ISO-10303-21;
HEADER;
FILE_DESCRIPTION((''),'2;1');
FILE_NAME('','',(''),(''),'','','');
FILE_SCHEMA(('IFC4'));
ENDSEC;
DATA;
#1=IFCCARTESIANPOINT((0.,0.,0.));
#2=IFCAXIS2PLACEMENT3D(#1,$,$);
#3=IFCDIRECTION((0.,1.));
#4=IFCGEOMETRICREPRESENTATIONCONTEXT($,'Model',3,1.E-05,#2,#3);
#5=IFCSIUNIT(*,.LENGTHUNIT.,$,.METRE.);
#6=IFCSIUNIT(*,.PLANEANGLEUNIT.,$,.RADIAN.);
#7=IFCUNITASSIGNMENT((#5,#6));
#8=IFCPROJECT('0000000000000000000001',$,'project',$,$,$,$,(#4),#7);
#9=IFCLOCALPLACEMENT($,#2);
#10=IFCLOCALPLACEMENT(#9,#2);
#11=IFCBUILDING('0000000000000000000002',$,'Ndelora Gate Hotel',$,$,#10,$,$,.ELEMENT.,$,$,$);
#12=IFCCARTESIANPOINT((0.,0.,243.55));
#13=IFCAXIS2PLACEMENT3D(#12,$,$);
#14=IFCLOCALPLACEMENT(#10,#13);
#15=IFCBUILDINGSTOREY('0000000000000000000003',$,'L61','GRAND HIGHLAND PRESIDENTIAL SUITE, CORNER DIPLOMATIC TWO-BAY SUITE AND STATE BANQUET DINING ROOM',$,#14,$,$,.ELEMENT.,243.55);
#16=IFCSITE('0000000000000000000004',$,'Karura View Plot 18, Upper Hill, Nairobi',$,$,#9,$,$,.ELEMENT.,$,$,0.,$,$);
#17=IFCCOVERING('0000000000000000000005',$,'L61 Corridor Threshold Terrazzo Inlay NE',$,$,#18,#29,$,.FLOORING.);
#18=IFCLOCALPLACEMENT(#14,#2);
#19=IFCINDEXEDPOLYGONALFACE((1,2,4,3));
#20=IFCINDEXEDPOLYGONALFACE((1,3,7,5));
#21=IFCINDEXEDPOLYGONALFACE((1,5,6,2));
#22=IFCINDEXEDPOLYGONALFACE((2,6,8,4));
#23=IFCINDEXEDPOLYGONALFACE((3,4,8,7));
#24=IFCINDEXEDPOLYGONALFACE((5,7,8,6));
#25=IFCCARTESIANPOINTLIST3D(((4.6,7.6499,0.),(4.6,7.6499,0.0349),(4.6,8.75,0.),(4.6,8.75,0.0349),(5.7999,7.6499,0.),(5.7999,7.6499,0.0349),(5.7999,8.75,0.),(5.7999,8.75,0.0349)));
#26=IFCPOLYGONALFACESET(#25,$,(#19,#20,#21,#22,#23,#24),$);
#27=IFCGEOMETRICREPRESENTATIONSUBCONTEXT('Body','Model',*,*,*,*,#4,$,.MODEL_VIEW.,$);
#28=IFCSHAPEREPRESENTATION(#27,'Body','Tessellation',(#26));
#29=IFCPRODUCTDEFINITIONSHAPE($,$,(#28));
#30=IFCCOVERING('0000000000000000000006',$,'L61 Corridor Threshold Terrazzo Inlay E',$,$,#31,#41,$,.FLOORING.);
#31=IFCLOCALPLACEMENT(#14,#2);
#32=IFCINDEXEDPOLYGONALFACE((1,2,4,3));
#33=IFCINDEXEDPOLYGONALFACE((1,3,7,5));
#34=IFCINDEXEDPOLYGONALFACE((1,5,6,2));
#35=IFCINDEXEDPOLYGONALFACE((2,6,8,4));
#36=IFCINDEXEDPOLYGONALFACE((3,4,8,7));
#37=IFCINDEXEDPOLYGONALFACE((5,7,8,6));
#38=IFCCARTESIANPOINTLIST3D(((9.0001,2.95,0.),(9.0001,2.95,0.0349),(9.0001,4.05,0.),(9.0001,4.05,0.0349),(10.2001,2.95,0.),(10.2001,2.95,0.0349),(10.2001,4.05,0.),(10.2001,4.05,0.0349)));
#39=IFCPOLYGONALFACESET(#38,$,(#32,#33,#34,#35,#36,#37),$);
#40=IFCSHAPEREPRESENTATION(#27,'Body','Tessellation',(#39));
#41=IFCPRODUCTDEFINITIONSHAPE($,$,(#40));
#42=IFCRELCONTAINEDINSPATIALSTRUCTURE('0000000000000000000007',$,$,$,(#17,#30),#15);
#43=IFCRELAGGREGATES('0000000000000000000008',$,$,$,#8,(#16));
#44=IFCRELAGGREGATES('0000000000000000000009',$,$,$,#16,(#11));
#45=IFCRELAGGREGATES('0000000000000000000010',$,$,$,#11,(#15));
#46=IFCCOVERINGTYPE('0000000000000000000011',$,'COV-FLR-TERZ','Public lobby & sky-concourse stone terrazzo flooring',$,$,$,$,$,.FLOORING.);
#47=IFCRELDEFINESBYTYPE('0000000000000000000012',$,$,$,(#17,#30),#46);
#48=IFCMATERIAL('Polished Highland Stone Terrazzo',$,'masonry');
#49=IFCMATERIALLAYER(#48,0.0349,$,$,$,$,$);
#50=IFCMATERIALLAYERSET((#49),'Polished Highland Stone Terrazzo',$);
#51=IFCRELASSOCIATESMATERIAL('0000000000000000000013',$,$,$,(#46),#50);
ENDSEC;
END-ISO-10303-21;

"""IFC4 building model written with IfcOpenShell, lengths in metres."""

from ifc_helpers import new_model, si_unit, direction, frame, origin, origin_2d, place, context, subcontext, project, spatial, rectangle, extrude, material, layer, layer_set, type_object, element, save


model = new_model("IFC4")

# Units and contexts
model_context = context("Model", 3, precision=1e-05, world=origin(), true_north=direction((0.0, 1.0)))
body_context = subcontext(model_context, "Body", "Model", "MODEL_VIEW")
ifc_project = project(units=[si_unit("LENGTHUNIT", "METRE"), si_unit("PLANEANGLEUNIT", "RADIAN")], contexts=[model_context])

# Site, building, storey
site_placement = place(None, origin())
site = spatial("IfcSite", under=ifc_project, at=site_placement, Name="Karura View Plot 18, Upper Hill, Nairobi", CompositionType="ELEMENT", RefElevation=0.0)
building_placement = place(site_placement, origin())
building = spatial("IfcBuilding", under=site, at=building_placement, Name="Ndelora Gate Hotel", CompositionType="ELEMENT")
storey_placement = place(building_placement, frame((0.0, 0.0, 243.55)))
storey = spatial("IfcBuildingStorey", under=building, at=storey_placement, Name="L61", Description="GRAND HIGHLAND PRESIDENTIAL SUITE, CORNER DIPLOMATIC TWO-BAY SUITE AND STATE BANQUET DINING ROOM", CompositionType="ELEMENT", Elevation=243.55)

# Coverings
ifc_material_1 = material(Name="Polished Highland Stone Terrazzo", Category="masonry")
ifc_layer_1 = layer(ifc_material_1, 0.0349)
ifc_layer_set_1 = layer_set([ifc_layer_1], Name="Polished Highland Stone Terrazzo")
covering_type_1 = type_object("IfcCoveringType", Name="COV-FLR-TERZ", Description="Public lobby & sky-concourse stone terrazzo flooring", PredefinedType="FLOORING", material=ifc_layer_set_1)
for number, where, z_axis, x_axis, name in (
    (1, (5.2, 8.2, 0.0), (0.0, 0.0, 1.0), (1.0, 0.0, 0.0), "L61 Corridor Threshold Terrazzo Inlay NE"),
    (2, (9.6001, 3.5, 0.0), (0.0, 0.0, 1.0), (1.0, 0.0, 0.0), "L61 Corridor Threshold Terrazzo Inlay E"),
):
    element("IfcCovering", number, at=place(storey_placement, frame(where, z_axis=z_axis, x_axis=x_axis)), inside=storey, type_object=covering_type_1, Name=name, PredefinedType="FLOORING", context=body_context, shape_type="SweptSolid", body=[
        extrude(rectangle(XDim=1.2, YDim=1.1001, at=origin_2d()), origin(), (0.0, 0.0, 1.0), 0.0349),
    ])

save(model, "model.ifc")
